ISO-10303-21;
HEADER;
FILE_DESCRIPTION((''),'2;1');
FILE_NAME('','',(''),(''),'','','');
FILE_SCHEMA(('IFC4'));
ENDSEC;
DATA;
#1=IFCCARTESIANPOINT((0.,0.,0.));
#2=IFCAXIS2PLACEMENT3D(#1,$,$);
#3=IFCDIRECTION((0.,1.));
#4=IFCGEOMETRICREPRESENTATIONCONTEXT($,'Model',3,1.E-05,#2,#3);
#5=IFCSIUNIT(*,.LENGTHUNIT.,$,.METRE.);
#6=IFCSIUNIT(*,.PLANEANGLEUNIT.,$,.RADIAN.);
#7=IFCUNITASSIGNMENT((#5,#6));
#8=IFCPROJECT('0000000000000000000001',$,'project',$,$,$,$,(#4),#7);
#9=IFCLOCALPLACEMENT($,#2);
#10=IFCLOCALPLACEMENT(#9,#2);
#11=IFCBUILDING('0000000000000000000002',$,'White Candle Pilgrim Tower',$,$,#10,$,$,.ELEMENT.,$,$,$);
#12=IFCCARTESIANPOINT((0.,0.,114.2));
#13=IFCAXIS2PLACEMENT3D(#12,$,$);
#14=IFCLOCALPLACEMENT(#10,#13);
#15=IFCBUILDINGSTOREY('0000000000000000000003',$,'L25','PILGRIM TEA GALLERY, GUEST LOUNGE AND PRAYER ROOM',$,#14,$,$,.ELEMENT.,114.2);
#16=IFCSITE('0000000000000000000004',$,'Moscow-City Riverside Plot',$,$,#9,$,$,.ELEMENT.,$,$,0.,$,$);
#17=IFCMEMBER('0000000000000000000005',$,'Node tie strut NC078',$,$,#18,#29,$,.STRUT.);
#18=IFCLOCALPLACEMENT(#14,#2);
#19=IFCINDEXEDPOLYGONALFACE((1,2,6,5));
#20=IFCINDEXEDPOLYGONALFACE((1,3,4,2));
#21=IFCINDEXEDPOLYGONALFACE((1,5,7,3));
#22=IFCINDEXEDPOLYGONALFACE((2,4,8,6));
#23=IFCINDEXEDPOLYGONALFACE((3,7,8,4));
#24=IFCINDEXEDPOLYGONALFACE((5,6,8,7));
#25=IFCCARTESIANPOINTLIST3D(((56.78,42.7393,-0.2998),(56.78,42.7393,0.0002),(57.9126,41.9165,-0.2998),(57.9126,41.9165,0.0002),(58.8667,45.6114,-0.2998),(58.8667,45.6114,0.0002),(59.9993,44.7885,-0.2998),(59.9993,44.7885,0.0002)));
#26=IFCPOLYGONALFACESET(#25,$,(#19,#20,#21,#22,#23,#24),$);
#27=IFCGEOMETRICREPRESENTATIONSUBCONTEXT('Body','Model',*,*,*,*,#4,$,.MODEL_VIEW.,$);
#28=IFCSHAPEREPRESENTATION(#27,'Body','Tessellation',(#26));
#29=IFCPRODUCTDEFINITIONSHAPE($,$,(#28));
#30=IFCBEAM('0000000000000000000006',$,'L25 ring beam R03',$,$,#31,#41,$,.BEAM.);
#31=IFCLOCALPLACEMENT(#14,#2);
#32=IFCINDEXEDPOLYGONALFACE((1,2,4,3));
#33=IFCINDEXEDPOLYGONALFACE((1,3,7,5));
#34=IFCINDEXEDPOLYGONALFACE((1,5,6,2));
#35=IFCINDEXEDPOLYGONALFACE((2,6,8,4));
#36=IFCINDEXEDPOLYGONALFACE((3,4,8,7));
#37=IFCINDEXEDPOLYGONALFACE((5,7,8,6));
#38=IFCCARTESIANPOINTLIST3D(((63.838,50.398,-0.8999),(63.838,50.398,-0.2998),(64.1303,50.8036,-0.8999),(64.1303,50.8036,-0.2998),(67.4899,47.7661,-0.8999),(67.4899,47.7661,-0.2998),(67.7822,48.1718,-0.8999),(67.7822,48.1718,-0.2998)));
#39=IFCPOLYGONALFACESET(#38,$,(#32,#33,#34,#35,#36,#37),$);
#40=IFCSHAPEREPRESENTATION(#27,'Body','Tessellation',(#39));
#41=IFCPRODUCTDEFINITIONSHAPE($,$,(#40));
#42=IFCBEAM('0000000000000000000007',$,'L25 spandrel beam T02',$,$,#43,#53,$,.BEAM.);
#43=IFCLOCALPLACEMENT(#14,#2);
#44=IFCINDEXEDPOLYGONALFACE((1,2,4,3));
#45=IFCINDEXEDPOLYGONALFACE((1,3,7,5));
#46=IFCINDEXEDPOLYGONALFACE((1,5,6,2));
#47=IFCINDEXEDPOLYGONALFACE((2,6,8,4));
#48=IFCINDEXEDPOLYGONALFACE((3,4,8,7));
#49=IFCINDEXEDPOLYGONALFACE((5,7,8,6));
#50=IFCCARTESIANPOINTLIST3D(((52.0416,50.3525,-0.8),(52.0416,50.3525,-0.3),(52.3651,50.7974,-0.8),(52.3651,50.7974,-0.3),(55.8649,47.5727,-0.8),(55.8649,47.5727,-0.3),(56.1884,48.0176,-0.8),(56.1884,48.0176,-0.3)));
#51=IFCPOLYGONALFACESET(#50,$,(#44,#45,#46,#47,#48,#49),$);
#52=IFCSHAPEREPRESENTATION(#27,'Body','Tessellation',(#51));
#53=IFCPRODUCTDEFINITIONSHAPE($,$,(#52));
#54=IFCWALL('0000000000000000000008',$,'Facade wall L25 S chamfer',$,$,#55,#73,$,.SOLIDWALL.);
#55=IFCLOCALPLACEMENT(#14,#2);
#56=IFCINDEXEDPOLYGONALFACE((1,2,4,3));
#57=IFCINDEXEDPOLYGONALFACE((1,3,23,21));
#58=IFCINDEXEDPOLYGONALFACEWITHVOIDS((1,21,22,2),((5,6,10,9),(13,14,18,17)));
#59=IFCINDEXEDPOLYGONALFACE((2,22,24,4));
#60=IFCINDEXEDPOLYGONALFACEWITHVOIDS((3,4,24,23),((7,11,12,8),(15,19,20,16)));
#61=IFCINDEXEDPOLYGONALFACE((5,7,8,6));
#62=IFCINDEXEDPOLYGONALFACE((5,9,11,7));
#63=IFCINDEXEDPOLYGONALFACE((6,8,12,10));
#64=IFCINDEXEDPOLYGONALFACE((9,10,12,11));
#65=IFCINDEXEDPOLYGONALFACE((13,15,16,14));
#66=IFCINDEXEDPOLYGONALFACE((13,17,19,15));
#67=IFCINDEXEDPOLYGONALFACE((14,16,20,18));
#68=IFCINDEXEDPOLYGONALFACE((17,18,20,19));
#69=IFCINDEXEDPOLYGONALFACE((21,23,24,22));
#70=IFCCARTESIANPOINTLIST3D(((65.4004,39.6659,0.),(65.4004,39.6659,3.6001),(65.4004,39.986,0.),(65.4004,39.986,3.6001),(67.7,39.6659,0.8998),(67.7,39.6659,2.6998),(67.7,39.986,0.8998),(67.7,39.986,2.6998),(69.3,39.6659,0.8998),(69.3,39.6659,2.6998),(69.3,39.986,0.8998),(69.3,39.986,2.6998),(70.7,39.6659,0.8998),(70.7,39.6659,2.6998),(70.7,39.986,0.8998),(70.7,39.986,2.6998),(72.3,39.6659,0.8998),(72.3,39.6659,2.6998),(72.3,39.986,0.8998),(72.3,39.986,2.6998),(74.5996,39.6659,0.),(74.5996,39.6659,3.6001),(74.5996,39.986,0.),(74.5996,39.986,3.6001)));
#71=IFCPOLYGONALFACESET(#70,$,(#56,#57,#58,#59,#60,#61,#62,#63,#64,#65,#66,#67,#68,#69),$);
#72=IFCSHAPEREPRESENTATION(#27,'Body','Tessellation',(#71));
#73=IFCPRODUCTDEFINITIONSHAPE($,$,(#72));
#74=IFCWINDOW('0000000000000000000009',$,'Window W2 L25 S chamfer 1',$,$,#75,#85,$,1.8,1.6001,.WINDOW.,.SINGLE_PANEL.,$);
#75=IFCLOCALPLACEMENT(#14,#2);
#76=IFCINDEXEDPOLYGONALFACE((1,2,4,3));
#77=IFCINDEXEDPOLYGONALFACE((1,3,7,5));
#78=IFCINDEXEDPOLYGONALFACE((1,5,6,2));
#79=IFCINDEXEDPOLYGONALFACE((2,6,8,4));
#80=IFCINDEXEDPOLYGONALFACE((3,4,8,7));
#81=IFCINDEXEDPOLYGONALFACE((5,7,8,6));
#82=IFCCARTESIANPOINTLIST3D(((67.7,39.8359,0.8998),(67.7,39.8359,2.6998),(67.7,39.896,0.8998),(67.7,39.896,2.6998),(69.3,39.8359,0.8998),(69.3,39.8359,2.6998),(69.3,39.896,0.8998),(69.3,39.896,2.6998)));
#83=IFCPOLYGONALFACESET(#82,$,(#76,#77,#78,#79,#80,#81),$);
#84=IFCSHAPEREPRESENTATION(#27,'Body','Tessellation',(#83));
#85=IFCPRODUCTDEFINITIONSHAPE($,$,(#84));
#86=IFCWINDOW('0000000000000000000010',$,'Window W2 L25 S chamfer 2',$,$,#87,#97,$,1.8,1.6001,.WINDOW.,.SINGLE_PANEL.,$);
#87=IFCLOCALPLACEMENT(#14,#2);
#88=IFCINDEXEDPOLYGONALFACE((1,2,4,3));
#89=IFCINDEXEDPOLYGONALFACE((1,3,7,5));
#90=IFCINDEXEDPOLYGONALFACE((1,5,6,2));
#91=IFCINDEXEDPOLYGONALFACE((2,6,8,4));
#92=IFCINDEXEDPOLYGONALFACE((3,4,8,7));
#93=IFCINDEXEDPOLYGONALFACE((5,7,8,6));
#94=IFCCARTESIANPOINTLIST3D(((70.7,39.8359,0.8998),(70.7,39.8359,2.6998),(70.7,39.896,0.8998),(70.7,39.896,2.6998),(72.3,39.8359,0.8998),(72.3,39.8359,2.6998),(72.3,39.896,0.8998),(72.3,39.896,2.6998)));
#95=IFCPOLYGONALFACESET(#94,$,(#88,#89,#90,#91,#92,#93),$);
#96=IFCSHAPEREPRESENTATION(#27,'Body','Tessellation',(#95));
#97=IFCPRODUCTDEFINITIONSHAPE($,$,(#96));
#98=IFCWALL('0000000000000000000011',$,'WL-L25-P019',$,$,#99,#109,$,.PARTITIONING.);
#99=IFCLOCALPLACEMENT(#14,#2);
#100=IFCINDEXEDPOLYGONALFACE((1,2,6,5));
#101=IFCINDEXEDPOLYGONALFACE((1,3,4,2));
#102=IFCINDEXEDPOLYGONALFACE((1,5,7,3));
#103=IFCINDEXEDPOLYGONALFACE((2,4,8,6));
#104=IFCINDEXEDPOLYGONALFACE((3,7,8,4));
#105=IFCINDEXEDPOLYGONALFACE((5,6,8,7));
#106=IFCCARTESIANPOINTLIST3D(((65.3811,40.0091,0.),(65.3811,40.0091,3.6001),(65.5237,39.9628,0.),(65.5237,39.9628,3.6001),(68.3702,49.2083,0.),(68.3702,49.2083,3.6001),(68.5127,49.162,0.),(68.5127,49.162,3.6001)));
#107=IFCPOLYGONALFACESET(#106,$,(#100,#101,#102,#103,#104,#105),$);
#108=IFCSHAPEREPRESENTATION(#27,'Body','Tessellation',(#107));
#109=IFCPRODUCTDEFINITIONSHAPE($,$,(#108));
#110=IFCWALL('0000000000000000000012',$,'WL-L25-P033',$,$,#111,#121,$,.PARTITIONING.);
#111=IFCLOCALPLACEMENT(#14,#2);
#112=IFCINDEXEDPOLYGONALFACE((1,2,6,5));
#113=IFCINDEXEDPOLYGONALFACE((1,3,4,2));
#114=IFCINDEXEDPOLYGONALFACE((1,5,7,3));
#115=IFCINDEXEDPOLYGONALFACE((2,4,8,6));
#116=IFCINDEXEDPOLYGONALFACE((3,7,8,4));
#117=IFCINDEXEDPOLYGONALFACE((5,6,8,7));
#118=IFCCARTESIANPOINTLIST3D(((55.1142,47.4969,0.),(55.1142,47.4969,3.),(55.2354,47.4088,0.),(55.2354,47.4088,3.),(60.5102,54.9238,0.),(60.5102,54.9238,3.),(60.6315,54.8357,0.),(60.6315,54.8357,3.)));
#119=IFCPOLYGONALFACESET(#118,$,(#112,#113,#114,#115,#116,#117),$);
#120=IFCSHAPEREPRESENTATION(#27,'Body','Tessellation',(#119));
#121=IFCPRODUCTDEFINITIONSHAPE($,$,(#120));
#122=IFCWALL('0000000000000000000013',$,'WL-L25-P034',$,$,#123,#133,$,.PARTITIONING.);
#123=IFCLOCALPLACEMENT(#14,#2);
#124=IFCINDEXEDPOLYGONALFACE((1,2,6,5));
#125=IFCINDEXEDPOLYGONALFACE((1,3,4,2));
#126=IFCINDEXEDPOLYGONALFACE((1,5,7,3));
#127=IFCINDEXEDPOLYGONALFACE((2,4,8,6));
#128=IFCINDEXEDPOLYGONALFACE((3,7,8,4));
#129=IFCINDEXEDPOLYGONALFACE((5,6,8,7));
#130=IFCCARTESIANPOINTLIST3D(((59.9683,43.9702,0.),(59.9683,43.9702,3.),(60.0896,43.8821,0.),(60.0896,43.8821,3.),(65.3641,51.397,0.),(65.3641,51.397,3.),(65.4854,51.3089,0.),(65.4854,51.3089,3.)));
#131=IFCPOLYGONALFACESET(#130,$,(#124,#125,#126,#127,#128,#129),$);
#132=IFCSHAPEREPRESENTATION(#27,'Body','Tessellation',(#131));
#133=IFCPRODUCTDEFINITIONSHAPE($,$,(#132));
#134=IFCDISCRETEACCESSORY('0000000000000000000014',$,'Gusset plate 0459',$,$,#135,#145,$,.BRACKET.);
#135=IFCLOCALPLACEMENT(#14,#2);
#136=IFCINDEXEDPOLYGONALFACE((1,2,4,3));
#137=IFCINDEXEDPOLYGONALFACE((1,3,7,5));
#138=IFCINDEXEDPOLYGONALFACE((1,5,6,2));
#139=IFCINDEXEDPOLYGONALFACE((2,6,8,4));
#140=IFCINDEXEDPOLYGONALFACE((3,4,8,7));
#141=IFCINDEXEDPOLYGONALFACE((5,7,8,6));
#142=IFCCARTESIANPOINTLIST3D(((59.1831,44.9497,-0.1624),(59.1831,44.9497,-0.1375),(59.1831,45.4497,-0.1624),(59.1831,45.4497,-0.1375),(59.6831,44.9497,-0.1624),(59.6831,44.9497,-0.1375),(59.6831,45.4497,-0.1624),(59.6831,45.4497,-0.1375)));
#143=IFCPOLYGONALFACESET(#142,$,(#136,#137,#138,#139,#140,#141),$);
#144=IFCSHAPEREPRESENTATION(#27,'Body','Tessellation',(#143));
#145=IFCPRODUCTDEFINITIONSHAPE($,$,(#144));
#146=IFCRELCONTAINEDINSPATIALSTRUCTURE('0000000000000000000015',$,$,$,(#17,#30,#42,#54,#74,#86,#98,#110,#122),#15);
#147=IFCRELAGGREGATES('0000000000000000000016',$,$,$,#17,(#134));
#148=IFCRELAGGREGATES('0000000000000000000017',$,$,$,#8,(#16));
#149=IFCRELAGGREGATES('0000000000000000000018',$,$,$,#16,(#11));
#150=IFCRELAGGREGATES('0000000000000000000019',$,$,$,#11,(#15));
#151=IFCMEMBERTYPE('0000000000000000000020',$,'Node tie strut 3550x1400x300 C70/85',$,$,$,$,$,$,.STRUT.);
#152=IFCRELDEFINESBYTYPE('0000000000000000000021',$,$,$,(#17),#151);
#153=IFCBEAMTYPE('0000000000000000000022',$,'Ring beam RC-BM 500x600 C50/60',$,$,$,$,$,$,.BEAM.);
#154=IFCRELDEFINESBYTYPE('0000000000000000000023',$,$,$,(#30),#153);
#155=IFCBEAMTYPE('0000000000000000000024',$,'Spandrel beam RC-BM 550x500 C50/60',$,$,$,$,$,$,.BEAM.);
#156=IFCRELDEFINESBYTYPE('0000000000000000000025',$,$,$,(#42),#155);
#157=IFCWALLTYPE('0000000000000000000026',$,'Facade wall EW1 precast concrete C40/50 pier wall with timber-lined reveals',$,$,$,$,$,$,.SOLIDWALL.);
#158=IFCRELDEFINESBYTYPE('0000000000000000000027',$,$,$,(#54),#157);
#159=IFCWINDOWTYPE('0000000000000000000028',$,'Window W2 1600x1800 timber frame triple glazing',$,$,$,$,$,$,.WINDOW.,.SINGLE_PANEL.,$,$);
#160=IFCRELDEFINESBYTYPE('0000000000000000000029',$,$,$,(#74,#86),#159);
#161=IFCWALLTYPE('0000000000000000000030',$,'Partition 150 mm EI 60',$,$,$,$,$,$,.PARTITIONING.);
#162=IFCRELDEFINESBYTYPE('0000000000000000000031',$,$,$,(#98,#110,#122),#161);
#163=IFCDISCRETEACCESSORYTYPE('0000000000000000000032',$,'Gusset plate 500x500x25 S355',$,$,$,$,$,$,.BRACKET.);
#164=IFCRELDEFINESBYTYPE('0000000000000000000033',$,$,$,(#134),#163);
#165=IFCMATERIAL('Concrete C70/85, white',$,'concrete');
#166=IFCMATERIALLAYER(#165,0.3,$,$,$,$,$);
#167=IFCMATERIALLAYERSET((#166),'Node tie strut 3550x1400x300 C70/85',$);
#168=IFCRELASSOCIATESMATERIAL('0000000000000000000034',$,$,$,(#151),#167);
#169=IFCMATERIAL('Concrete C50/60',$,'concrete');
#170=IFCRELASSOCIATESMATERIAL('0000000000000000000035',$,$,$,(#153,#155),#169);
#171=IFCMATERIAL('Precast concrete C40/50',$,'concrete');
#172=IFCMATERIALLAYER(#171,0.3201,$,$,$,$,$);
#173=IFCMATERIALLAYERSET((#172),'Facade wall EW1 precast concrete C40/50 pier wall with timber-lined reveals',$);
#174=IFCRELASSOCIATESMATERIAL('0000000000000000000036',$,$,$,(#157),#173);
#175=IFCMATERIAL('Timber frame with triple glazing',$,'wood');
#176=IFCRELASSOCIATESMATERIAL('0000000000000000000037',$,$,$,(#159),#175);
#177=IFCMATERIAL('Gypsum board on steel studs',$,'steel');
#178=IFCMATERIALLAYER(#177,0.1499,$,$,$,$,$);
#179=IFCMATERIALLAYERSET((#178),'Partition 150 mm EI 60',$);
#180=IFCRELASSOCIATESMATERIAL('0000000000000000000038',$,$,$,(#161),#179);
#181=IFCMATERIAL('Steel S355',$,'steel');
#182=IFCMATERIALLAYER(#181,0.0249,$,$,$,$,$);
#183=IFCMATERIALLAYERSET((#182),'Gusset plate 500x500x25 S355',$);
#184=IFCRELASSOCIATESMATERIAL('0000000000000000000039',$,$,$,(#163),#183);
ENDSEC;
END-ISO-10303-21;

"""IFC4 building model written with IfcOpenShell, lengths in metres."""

from ifc_helpers import new_model, si_unit, direction, frame, frame_2d, origin, origin_2d, place, context, subcontext, project, spatial, rectangle, extrude, material, layer, layer_set, material_profile, profile_set, type_object, element, fill, aggregate, save


model = new_model("IFC4")

# Units and contexts
model_context = context("Model", 3, precision=1e-05, world=origin(), true_north=direction((0.0, 1.0)))
body_context = subcontext(model_context, "Body", "Model", "MODEL_VIEW")
ifc_project = project(units=[si_unit("LENGTHUNIT", "METRE"), si_unit("PLANEANGLEUNIT", "RADIAN")], contexts=[model_context])

# Site, building, storey
site_placement = place(None, origin())
site = spatial("IfcSite", under=ifc_project, at=site_placement, Name="Moscow-City Riverside Plot", CompositionType="ELEMENT", RefElevation=0.0)
building_placement = place(site_placement, origin())
building = spatial("IfcBuilding", under=site, at=building_placement, Name="White Candle Pilgrim Tower", CompositionType="ELEMENT")
storey_placement = place(building_placement, frame((0.0, 0.0, 114.2)))
storey = spatial("IfcBuildingStorey", under=building, at=storey_placement, Name="L25", Description="PILGRIM TEA GALLERY, GUEST LOUNGE AND PRAYER ROOM", CompositionType="ELEMENT", Elevation=114.2)

# Member
ifc_material_1 = material(Name="Concrete C70/85, white", Category="concrete")
ifc_layer_1 = layer(ifc_material_1, 0.3)
ifc_layer_set_1 = layer_set([ifc_layer_1], Name="Node tie strut 3550x1400x300 C70/85")
member_type_1 = type_object("IfcMemberType", Name="Node tie strut 3550x1400x300 C70/85", PredefinedType="STRUT", material=ifc_layer_set_1)
member_1_placement = place(storey_placement, frame((58.3896, 43.7639, -0.2998), z_axis=(0.0, 0.0, 1.0), x_axis=(0.809017, -0.587785, 0.0)))
member_1 = element("IfcMember", 1, at=member_1_placement, inside=storey, type_object=member_type_1, Name="Node tie strut NC078", PredefinedType="STRUT", context=body_context, shape_type="SweptSolid", body=[
    extrude(rectangle(XDim=1.3999, YDim=3.55, at=origin_2d()), origin(), (0.0, 0.0, 1.0), 0.3),
])

# Beams
ifc_material_2 = material(Name="Concrete C50/60", Category="concrete")
ifc_material_profile_1 = material_profile(ifc_material_2, rectangle(XDim=0.5, YDim=0.6001, at=origin_2d()), Name="RC-BM 500x600")
ifc_profile_set_1 = profile_set([ifc_material_profile_1], Name="Concrete C50/60")
beam_type_1 = type_object("IfcBeamType", Name="Ring beam RC-BM 500x600 C50/60", PredefinedType="BEAM", material=ifc_profile_set_1)
beam_1_placement = place(storey_placement, frame((63.9841, 50.6008, -0.5999), z_axis=(0.811271, -0.58467, 0.0), x_axis=(0.58467, 0.811271, 0.0)))
element("IfcBeam", 2, at=beam_1_placement, inside=storey, type_object=beam_type_1, Name="L25 ring beam R03", PredefinedType="BEAM", context=body_context, shape_type="SweptSolid", body=[
    extrude(rectangle(XDim=0.5, YDim=0.6001, at=origin_2d()), origin(), (0.0, 0.0, 1.0), 4.5015),
])
ifc_material_profile_2 = material_profile(ifc_material_2, rectangle(XDim=0.55, YDim=0.5, at=origin_2d()), Name="RC-BM 550x500")
ifc_profile_set_2 = profile_set([ifc_material_profile_2], Name="Concrete C50/60")
beam_type_2 = type_object("IfcBeamType", Name="Spandrel beam RC-BM 550x500 C50/60", PredefinedType="BEAM", material=ifc_profile_set_2)
beam_2_placement = place(storey_placement, frame((52.2034, 50.575, -0.55), z_axis=(0.808812, -0.588067, 0.0), x_axis=(0.588067, 0.808812, 0.0)))
element("IfcBeam", 3, at=beam_2_placement, inside=storey, type_object=beam_type_2, Name="L25 spandrel beam T02", PredefinedType="BEAM", context=body_context, shape_type="SweptSolid", body=[
    extrude(rectangle(XDim=0.55, YDim=0.5, at=origin_2d()), origin(), (0.0, 0.0, 1.0), 4.7271),
])

# Wall, openings, windows
ifc_material_3 = material(Name="Precast concrete C40/50", Category="concrete")
ifc_layer_2 = layer(ifc_material_3, 0.3201)
ifc_layer_set_2 = layer_set([ifc_layer_2], Name="Facade wall EW1 precast concrete C40/50 pier wall with timber-lined reveals")
wall_type_1 = type_object("IfcWallType", Name="Facade wall EW1 precast concrete C40/50 pier wall with timber-lined reveals", PredefinedType="SOLIDWALL", material=ifc_layer_set_2)
wall_1_placement = place(storey_placement, frame((65.4004, 39.8259, 0.0), z_axis=(0.0, 0.0, 1.0), x_axis=(1.0, 0.0, 0.0)))
wall_1 = element("IfcWall", 4, at=wall_1_placement, inside=storey, type_object=wall_type_1, Name="Facade wall L25 S chamfer", PredefinedType="SOLIDWALL", context=body_context, shape_type="SweptSolid", body=[
    extrude(rectangle(XDim=9.1992, YDim=0.3201, at=frame_2d((4.5996, 0.0))), origin(), (0.0, 0.0, 1.0), 3.6001),
])
opening_1_placement = place(wall_1_placement, frame((2.2996, 0.0, 0.8999)))
opening_1 = element("IfcOpeningElement", 5, at=opening_1_placement, cuts=wall_1, PredefinedType="OPENING", context=body_context, shape_type="SweptSolid", body=[
    extrude(rectangle(XDim=1.6001, YDim=1.8, at=frame_2d((0.8, 0.8999))), frame((0.0, 0.1699, 0.0), z_axis=(0.0, -1.0, 0.0), x_axis=(1.0, 0.0, 0.0)), (0.0, 0.0, 1.0), 0.3401),
])
opening_2_placement = place(wall_1_placement, frame((5.2996, 0.0, 0.8999)))
opening_2 = element("IfcOpeningElement", 6, at=opening_2_placement, cuts=wall_1, PredefinedType="OPENING", context=body_context, shape_type="SweptSolid", body=[
    extrude(rectangle(XDim=1.6001, YDim=1.8, at=frame_2d((0.8, 0.8999))), frame((0.0, 0.1699, 0.0), z_axis=(0.0, -1.0, 0.0), x_axis=(1.0, 0.0, 0.0)), (0.0, 0.0, 1.0), 0.3401),
])
ifc_material_4 = material(Name="Timber frame with triple glazing", Category="wood")
window_type = type_object("IfcWindowType", Name="Window W2 1600x1800 timber frame triple glazing", PartitioningType="SINGLE_PANEL", PredefinedType="WINDOW", material=ifc_material_4)
window_1_placement = place(opening_1_placement, origin())
window_1 = element("IfcWindow", 7, at=window_1_placement, inside=storey, type_object=window_type, Name="Window W2 L25 S chamfer 1", OverallHeight=1.8, OverallWidth=1.6001, PartitioningType="SINGLE_PANEL", PredefinedType="WINDOW", context=body_context, shape_type="SweptSolid", body=[
    extrude(rectangle(XDim=1.6001, YDim=1.8, at=frame_2d((0.8, 0.8999))), frame((0.0, 0.0701, 0.0), z_axis=(0.0, -1.0, 0.0), x_axis=(1.0, 0.0, 0.0)), (0.0, 0.0, 1.0), 0.0601),
])
fill(opening_1, window_1)
window_2_placement = place(opening_2_placement, origin())
window_2 = element("IfcWindow", 8, at=window_2_placement, inside=storey, type_object=window_type, Name="Window W2 L25 S chamfer 2", OverallHeight=1.8, OverallWidth=1.6001, PartitioningType="SINGLE_PANEL", PredefinedType="WINDOW", context=body_context, shape_type="SweptSolid", body=[
    extrude(rectangle(XDim=1.6001, YDim=1.8, at=frame_2d((0.8, 0.8999))), frame((0.0, 0.0701, 0.0), z_axis=(0.0, -1.0, 0.0), x_axis=(1.0, 0.0, 0.0)), (0.0, 0.0, 1.0), 0.0601),
])
fill(opening_2, window_2)

# Walls
ifc_material_5 = material(Name="Gypsum board on steel studs", Category="steel")
ifc_layer_3 = layer(ifc_material_5, 0.1499)
ifc_layer_set_3 = layer_set([ifc_layer_3], Name="Partition 150 mm EI 60")
wall_type_2 = type_object("IfcWallType", Name="Partition 150 mm EI 60", PredefinedType="PARTITIONING", material=ifc_layer_set_3)
wall_2_placement = place(storey_placement, frame((65.4524, 39.9858, 0.0), z_axis=(0.0, 0.0, 1.0), x_axis=(0.309018, 0.951056, 0.0)))
element("IfcWall", 9, at=wall_2_placement, inside=storey, type_object=wall_type_2, Name="WL-L25-P019", PredefinedType="PARTITIONING", context=body_context, shape_type="SweptSolid", body=[
    extrude(rectangle(XDim=9.6726, YDim=0.1499, at=frame_2d((4.8364, 0.0))), origin(), (0.0, 0.0, 1.0), 3.6001),
])
wall_3_placement = place(storey_placement, frame((55.1748, 47.4529, 0.0), z_axis=(0.0, 0.0, 1.0), x_axis=(0.587795, 0.80901, 0.0)))
element("IfcWall", 10, at=wall_3_placement, inside=storey, type_object=wall_type_2, Name="WL-L25-P033", PredefinedType="PARTITIONING", context=body_context, shape_type="SweptSolid", body=[
    extrude(rectangle(XDim=9.1802, YDim=0.1499, at=frame_2d((4.5901, 0.0))), origin(), (0.0, 0.0, 1.0), 3.0),
])
wall_4_placement = place(storey_placement, frame((60.0291, 43.9263, 0.0), z_axis=(0.0, 0.0, 1.0), x_axis=(0.587778, 0.809022, 0.0)))
element("IfcWall", 11, at=wall_4_placement, inside=storey, type_object=wall_type_2, Name="WL-L25-P034", PredefinedType="PARTITIONING", context=body_context, shape_type="SweptSolid", body=[
    extrude(rectangle(XDim=9.1799, YDim=0.1499, at=frame_2d((4.5898, 0.0))), origin(), (0.0, 0.0, 1.0), 3.0),
])

# Discrete accessory
ifc_material_6 = material(Name="Steel S355", Category="steel")
ifc_layer_4 = layer(ifc_material_6, 0.0249)
ifc_layer_set_4 = layer_set([ifc_layer_4], Name="Gusset plate 500x500x25 S355")
discrete_accessory_type = type_object("IfcDiscreteAccessoryType", Name="Gusset plate 500x500x25 S355", PredefinedType="BRACKET", material=ifc_layer_set_4)
discrete_accessory_1_placement = place(storey_placement, frame((59.4331, 45.1997, -0.1624), z_axis=(0.0, 0.0, 1.0), x_axis=(1.0, 0.0, 0.0)))
discrete_accessory_1 = element("IfcDiscreteAccessory", 12, at=discrete_accessory_1_placement, type_object=discrete_accessory_type, Name="Gusset plate 0459", PredefinedType="BRACKET", context=body_context, shape_type="SweptSolid", body=[
    extrude(rectangle(XDim=0.5, YDim=0.5, at=origin_2d()), origin(), (0.0, 0.0, 1.0), 0.0249),
])
aggregate(member_1, [discrete_accessory_1])

save(model, "model.ifc")
